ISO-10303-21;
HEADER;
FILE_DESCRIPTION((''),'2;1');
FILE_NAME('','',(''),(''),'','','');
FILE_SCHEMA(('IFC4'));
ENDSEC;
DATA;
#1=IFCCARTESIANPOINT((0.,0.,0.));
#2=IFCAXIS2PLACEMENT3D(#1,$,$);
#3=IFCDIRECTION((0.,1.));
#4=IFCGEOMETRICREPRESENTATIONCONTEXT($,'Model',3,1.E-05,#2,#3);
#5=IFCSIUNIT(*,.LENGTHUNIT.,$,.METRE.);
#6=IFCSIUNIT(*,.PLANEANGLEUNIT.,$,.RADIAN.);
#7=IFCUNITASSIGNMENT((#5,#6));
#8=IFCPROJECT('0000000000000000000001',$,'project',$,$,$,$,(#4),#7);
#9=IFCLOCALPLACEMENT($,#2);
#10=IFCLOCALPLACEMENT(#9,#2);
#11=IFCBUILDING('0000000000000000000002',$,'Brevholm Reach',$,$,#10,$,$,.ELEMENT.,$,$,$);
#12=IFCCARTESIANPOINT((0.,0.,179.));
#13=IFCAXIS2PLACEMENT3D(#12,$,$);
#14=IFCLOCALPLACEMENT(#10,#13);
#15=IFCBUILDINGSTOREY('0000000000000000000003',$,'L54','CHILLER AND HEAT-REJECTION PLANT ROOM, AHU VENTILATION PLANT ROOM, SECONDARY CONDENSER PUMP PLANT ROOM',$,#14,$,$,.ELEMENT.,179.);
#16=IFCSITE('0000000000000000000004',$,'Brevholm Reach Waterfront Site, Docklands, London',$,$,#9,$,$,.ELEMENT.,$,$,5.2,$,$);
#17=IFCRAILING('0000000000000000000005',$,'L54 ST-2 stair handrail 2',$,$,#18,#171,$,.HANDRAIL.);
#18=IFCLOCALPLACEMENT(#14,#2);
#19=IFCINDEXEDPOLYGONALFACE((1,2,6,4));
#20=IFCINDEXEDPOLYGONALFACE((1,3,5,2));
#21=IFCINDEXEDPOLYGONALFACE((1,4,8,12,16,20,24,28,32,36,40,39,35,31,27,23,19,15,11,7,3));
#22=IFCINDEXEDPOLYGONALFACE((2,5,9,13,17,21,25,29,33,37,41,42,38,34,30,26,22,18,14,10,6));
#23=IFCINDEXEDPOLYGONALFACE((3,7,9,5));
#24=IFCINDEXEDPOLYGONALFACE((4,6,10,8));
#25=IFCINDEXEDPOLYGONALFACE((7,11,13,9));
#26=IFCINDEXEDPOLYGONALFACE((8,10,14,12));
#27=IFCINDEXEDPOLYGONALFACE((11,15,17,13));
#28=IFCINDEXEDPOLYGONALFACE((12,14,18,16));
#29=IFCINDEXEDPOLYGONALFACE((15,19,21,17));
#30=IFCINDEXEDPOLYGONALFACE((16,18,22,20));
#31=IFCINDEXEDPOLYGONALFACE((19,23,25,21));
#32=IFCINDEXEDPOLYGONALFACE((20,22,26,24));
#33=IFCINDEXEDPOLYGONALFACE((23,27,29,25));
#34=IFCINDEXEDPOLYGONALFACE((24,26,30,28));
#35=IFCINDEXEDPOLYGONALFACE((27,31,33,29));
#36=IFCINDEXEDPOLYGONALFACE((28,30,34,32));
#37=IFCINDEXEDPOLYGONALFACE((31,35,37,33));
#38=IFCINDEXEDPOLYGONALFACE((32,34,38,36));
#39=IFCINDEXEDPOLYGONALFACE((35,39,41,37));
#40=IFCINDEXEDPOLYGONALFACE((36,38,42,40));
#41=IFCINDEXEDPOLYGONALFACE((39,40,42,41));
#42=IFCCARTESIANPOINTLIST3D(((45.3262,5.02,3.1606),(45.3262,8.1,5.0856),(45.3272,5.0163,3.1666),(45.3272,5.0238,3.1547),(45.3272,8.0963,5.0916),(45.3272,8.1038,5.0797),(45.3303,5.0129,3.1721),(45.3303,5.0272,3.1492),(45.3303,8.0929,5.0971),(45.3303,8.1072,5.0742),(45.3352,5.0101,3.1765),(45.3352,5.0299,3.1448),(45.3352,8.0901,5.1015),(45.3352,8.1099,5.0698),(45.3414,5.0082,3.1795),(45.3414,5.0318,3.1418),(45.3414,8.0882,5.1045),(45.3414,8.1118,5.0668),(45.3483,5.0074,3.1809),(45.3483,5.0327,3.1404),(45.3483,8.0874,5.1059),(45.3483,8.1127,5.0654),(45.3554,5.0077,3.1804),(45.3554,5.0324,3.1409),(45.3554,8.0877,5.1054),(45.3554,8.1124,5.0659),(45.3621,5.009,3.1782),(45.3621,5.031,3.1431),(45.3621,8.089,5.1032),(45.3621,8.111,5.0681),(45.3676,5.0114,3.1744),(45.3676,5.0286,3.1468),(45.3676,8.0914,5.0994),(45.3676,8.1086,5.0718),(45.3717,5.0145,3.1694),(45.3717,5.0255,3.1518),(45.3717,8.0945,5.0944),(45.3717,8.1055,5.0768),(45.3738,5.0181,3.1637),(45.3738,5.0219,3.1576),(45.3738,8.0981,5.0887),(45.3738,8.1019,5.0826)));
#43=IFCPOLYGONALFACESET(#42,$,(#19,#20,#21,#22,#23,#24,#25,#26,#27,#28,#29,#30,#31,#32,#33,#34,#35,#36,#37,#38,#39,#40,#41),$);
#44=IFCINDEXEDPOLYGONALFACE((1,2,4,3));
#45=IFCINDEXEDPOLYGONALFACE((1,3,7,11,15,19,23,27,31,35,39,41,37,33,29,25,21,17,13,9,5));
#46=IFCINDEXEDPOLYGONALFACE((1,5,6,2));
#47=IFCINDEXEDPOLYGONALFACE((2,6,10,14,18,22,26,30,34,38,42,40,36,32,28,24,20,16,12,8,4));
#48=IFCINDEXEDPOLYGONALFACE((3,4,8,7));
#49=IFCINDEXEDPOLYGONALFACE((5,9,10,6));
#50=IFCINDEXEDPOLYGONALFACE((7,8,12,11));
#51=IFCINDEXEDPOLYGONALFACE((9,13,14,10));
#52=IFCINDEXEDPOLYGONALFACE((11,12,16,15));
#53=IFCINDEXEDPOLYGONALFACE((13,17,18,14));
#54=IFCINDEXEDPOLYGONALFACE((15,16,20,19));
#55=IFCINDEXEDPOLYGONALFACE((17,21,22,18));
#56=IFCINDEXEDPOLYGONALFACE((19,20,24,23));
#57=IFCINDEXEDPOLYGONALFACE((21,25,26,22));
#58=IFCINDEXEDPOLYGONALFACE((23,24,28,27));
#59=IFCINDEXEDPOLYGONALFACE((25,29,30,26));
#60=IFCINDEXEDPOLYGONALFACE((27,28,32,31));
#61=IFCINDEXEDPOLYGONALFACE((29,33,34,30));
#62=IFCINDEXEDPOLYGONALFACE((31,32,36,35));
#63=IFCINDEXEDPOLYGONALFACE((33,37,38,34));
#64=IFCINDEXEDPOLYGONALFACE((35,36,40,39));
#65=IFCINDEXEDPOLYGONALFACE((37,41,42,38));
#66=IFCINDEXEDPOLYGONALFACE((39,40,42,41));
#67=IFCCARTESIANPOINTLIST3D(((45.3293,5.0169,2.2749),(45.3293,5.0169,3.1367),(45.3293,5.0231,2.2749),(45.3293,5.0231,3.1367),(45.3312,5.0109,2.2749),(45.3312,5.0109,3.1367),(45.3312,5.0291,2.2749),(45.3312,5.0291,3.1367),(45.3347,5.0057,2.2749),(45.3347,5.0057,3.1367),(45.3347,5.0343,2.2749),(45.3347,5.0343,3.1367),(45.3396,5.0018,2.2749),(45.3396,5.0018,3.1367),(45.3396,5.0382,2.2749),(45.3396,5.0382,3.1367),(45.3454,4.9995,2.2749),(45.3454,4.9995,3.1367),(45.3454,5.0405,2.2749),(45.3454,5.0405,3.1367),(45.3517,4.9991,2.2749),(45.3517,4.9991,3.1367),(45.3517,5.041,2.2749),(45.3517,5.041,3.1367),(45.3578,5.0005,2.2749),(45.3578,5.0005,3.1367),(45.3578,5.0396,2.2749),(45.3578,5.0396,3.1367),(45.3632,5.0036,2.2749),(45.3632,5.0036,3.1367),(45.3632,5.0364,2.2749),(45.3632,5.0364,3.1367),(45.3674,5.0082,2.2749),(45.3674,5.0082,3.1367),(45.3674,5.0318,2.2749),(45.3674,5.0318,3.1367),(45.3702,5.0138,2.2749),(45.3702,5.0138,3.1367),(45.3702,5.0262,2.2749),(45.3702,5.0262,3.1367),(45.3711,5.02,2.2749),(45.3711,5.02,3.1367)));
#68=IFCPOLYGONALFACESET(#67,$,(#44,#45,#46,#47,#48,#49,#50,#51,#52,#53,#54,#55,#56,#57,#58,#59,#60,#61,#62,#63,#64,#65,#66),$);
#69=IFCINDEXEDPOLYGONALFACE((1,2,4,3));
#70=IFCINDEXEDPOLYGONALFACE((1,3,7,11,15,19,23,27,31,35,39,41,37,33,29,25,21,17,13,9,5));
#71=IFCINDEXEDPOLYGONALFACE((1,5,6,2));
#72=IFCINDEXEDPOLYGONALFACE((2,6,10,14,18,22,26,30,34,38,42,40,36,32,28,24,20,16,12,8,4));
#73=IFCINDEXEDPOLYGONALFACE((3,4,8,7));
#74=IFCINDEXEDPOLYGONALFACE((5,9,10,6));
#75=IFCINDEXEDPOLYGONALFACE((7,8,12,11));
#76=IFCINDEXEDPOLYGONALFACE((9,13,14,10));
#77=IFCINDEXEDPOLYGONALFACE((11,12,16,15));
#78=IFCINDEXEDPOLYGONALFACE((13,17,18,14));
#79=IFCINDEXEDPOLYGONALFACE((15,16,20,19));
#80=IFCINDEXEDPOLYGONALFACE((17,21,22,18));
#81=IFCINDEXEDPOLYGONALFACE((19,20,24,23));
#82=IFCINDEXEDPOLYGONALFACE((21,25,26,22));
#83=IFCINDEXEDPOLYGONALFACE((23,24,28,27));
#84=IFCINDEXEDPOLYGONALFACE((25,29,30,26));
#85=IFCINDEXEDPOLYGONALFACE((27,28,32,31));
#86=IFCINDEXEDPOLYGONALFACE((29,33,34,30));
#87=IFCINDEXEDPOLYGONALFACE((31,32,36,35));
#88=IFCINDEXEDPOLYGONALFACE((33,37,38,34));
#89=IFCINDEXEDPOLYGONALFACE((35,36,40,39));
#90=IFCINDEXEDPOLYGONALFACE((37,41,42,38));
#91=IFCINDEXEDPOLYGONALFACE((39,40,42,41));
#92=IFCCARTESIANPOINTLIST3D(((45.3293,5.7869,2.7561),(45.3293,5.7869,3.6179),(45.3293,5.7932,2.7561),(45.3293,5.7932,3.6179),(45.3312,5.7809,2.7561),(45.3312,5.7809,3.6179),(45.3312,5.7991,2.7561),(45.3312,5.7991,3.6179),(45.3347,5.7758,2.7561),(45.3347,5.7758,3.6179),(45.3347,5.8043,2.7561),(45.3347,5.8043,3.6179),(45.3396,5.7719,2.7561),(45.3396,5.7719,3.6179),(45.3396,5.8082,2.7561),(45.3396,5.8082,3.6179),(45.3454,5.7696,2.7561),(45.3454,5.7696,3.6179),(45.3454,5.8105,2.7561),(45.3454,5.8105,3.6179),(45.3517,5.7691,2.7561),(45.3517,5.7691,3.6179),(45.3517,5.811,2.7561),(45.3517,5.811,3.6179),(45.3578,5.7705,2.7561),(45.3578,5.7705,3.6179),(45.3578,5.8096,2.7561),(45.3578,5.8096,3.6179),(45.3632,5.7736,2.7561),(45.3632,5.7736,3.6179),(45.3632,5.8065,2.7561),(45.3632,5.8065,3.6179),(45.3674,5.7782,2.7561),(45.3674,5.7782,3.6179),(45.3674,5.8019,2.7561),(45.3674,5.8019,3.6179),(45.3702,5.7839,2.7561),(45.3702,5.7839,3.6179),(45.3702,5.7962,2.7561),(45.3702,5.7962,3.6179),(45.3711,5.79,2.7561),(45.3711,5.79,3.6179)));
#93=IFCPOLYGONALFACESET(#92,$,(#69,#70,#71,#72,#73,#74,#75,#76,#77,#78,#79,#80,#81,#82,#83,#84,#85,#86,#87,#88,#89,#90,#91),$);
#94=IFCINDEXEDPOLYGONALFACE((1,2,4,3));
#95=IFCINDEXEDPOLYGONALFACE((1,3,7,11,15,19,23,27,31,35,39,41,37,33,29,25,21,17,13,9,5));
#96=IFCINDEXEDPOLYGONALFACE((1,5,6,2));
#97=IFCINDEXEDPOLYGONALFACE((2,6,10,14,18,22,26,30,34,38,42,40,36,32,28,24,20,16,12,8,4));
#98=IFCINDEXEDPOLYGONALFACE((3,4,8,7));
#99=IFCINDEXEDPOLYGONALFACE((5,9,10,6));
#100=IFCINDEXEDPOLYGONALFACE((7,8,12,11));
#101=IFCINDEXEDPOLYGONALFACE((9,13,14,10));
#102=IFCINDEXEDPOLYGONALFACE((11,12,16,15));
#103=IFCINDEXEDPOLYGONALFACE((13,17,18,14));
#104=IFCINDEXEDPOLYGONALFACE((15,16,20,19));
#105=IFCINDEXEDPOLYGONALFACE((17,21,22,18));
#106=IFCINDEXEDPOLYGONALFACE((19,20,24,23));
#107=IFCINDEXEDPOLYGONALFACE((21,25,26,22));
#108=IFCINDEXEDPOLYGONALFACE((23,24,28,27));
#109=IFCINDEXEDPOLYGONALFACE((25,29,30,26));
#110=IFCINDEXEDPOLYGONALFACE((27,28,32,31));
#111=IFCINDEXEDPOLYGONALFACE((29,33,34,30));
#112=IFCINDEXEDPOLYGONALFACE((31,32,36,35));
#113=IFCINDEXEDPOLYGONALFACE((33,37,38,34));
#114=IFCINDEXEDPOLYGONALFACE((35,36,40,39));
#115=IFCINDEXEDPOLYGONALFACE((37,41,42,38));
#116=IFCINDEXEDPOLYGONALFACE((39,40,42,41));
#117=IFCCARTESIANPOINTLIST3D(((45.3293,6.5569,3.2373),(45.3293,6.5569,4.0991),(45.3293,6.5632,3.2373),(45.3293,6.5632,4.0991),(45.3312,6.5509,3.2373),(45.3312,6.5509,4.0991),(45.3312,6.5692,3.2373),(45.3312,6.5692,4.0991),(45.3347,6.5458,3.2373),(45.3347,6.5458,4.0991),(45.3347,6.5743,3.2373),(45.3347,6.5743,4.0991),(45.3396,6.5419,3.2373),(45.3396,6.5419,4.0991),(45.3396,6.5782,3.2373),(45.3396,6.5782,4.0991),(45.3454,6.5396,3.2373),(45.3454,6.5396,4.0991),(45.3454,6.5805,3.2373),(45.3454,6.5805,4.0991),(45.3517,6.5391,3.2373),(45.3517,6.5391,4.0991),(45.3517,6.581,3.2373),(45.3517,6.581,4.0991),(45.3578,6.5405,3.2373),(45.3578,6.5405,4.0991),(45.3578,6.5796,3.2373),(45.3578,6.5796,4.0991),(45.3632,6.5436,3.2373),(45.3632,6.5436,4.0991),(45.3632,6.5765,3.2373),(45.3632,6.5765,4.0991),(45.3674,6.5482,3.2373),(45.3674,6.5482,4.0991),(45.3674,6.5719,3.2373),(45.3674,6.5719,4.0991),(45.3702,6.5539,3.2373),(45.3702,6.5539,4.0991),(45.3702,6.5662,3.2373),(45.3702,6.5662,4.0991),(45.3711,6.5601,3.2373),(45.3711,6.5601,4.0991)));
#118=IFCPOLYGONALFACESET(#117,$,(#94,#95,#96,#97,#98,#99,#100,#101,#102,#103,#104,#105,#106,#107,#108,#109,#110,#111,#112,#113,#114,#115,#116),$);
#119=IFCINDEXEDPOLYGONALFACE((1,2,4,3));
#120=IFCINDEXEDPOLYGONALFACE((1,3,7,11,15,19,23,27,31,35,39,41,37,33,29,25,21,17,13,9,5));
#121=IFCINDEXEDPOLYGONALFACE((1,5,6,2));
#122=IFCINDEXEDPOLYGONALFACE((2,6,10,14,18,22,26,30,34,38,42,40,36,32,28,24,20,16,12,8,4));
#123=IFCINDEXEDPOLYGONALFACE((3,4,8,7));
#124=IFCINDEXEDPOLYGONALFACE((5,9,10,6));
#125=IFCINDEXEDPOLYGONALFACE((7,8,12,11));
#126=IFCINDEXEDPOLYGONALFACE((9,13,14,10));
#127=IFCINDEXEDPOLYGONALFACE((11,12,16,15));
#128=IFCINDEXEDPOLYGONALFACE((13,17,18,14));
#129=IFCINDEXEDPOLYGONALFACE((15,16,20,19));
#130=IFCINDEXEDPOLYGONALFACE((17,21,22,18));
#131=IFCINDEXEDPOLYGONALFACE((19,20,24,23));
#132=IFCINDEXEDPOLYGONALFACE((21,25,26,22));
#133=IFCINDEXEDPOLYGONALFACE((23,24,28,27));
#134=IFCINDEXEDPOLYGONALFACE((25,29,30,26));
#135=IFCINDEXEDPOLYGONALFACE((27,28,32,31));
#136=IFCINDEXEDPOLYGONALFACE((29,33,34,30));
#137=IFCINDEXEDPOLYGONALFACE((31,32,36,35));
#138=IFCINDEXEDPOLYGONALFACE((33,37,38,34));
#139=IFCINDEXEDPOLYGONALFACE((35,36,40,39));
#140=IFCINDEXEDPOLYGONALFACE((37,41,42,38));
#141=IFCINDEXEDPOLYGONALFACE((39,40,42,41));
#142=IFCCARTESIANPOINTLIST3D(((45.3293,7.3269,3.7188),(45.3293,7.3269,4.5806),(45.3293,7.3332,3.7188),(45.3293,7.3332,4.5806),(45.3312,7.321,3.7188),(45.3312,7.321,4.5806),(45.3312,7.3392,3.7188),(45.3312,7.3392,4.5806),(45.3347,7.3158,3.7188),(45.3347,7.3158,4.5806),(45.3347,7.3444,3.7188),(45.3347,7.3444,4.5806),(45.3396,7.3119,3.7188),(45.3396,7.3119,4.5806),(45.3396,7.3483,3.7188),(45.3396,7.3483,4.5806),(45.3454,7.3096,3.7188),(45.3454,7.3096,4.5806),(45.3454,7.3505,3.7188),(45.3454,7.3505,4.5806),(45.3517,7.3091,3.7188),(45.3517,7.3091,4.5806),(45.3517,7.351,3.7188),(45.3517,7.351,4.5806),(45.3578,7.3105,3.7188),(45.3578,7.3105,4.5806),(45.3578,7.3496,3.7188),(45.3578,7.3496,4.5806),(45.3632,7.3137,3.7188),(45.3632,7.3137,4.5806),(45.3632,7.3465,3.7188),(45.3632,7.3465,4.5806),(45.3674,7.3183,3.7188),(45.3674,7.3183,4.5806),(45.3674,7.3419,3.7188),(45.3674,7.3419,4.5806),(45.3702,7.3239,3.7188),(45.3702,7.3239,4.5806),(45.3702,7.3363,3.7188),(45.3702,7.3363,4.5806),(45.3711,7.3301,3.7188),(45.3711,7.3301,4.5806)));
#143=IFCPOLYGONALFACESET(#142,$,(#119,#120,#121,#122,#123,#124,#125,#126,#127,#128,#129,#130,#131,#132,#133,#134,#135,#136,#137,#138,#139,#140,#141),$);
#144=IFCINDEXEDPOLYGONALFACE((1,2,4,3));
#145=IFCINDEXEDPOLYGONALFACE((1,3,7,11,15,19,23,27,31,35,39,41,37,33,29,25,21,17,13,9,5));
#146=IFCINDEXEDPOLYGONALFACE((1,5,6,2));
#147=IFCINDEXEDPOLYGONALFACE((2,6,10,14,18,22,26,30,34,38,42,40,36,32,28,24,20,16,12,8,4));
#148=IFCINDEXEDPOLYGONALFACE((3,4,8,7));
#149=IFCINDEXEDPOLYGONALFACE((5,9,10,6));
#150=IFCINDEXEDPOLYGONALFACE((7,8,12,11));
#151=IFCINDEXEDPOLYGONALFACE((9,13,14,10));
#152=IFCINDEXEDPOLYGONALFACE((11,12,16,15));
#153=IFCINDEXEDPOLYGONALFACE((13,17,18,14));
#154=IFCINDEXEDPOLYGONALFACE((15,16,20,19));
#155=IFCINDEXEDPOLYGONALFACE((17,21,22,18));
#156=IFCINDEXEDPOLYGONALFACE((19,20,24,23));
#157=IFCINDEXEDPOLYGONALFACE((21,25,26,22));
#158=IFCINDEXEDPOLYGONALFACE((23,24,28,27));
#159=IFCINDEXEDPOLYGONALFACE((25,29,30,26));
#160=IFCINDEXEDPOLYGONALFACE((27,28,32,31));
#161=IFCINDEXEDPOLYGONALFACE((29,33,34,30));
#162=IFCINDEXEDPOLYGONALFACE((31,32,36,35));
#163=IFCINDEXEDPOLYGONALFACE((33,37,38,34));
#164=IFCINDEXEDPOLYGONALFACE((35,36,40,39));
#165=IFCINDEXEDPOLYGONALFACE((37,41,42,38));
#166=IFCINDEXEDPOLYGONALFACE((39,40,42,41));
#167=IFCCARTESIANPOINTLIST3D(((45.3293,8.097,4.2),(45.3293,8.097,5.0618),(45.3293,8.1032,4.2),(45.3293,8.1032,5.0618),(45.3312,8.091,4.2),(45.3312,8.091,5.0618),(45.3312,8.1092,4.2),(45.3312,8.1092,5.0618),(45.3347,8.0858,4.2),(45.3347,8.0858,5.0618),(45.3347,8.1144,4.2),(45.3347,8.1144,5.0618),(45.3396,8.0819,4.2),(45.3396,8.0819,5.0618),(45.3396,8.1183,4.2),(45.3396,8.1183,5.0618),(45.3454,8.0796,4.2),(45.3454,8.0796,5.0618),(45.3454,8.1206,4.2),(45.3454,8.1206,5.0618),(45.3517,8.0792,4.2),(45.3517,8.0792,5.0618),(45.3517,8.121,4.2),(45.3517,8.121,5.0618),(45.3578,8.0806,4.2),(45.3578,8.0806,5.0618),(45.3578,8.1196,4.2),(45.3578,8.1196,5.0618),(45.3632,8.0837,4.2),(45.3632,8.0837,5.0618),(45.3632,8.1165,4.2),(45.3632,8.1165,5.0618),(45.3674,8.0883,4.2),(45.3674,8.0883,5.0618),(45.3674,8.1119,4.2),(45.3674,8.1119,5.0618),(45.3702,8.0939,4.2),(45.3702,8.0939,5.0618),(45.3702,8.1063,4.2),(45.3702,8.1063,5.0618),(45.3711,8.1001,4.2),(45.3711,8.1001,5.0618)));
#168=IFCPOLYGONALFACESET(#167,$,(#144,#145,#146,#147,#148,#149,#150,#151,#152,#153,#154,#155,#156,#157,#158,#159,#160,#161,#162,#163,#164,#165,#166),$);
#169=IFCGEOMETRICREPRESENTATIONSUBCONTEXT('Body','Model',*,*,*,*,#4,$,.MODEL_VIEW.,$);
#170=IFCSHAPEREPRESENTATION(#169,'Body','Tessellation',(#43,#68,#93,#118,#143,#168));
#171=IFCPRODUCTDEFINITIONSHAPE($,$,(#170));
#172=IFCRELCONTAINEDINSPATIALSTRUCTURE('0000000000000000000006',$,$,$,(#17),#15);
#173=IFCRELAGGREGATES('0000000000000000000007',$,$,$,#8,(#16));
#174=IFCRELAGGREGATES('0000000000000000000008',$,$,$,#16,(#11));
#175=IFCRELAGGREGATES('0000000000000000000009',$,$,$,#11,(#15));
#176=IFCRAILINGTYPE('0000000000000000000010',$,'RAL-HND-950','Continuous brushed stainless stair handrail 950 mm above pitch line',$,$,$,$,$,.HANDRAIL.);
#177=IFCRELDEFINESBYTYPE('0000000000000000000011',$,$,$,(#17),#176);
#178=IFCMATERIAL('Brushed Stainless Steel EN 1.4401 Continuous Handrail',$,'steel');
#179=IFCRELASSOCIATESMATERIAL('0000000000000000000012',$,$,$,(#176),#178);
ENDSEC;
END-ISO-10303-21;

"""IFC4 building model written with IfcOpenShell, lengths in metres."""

from ifc_helpers import new_model, si_unit, direction, frame, origin, origin_2d, place, context, subcontext, project, spatial, circle, extrude, material, type_object, element, save


model = new_model("IFC4")

# Units and contexts
model_context = context("Model", 3, precision=1e-05, world=origin(), true_north=direction((0.0, 1.0)))
body_context = subcontext(model_context, "Body", "Model", "MODEL_VIEW")
ifc_project = project(units=[si_unit("LENGTHUNIT", "METRE"), si_unit("PLANEANGLEUNIT", "RADIAN")], contexts=[model_context])

# Site, building, storey
site_placement = place(None, origin())
site = spatial("IfcSite", under=ifc_project, at=site_placement, Name="Brevholm Reach Waterfront Site, Docklands, London", CompositionType="ELEMENT", RefElevation=5.2)
building_placement = place(site_placement, origin())
building = spatial("IfcBuilding", under=site, at=building_placement, Name="Brevholm Reach", CompositionType="ELEMENT")
storey_placement = place(building_placement, frame((0.0, 0.0, 179.0)))
storey = spatial("IfcBuildingStorey", under=building, at=storey_placement, Name="L54", Description="CHILLER AND HEAT-REJECTION PLANT ROOM, AHU VENTILATION PLANT ROOM, SECONDARY CONDENSER PUMP PLANT ROOM", CompositionType="ELEMENT", Elevation=179.0)

# Railing
ifc_material_1 = material(Name="Brushed Stainless Steel EN 1.4401 Continuous Handrail", Category="steel")
railing_type_1 = type_object("IfcRailingType", Name="RAL-HND-950", Description="Continuous brushed stainless stair handrail 950 mm above pitch line", PredefinedType="HANDRAIL", material=ifc_material_1)
railing_1_placement = place(storey_placement, frame((45.3501, 5.02, 2.2749)))
element("IfcRailing", 1, at=railing_1_placement, inside=storey, type_object=railing_type_1, Name="L54 ST-2 stair handrail 2", PredefinedType="HANDRAIL", context=body_context, shape_type="SweptSolid", body=[
    extrude(circle(Radius=0.0239, at=origin_2d()), frame((0.0, 0.0, 0.8857), z_axis=(0.0, 0.847998, 0.529999), x_axis=(-1.0, 0.0, 0.0)), (0.0, 0.0, 1.0), 3.6321),
    extrude(circle(Radius=0.021, at=origin_2d()), origin(), (0.0, 0.0, 1.0), 0.8618),
    extrude(circle(Radius=0.021, at=origin_2d()), frame((0.0, 0.77, 0.4812)), (0.0, 0.0, 1.0), 0.8618),
    extrude(circle(Radius=0.021, at=origin_2d()), frame((0.0, 1.54, 0.9624)), (0.0, 0.0, 1.0), 0.8618),
    extrude(circle(Radius=0.021, at=origin_2d()), frame((0.0, 2.3101, 1.4438)), (0.0, 0.0, 1.0), 0.8618),
    extrude(circle(Radius=0.021, at=origin_2d()), frame((0.0, 3.0801, 1.925)), (0.0, 0.0, 1.0), 0.8618),
])

save(model, "model.ifc")
